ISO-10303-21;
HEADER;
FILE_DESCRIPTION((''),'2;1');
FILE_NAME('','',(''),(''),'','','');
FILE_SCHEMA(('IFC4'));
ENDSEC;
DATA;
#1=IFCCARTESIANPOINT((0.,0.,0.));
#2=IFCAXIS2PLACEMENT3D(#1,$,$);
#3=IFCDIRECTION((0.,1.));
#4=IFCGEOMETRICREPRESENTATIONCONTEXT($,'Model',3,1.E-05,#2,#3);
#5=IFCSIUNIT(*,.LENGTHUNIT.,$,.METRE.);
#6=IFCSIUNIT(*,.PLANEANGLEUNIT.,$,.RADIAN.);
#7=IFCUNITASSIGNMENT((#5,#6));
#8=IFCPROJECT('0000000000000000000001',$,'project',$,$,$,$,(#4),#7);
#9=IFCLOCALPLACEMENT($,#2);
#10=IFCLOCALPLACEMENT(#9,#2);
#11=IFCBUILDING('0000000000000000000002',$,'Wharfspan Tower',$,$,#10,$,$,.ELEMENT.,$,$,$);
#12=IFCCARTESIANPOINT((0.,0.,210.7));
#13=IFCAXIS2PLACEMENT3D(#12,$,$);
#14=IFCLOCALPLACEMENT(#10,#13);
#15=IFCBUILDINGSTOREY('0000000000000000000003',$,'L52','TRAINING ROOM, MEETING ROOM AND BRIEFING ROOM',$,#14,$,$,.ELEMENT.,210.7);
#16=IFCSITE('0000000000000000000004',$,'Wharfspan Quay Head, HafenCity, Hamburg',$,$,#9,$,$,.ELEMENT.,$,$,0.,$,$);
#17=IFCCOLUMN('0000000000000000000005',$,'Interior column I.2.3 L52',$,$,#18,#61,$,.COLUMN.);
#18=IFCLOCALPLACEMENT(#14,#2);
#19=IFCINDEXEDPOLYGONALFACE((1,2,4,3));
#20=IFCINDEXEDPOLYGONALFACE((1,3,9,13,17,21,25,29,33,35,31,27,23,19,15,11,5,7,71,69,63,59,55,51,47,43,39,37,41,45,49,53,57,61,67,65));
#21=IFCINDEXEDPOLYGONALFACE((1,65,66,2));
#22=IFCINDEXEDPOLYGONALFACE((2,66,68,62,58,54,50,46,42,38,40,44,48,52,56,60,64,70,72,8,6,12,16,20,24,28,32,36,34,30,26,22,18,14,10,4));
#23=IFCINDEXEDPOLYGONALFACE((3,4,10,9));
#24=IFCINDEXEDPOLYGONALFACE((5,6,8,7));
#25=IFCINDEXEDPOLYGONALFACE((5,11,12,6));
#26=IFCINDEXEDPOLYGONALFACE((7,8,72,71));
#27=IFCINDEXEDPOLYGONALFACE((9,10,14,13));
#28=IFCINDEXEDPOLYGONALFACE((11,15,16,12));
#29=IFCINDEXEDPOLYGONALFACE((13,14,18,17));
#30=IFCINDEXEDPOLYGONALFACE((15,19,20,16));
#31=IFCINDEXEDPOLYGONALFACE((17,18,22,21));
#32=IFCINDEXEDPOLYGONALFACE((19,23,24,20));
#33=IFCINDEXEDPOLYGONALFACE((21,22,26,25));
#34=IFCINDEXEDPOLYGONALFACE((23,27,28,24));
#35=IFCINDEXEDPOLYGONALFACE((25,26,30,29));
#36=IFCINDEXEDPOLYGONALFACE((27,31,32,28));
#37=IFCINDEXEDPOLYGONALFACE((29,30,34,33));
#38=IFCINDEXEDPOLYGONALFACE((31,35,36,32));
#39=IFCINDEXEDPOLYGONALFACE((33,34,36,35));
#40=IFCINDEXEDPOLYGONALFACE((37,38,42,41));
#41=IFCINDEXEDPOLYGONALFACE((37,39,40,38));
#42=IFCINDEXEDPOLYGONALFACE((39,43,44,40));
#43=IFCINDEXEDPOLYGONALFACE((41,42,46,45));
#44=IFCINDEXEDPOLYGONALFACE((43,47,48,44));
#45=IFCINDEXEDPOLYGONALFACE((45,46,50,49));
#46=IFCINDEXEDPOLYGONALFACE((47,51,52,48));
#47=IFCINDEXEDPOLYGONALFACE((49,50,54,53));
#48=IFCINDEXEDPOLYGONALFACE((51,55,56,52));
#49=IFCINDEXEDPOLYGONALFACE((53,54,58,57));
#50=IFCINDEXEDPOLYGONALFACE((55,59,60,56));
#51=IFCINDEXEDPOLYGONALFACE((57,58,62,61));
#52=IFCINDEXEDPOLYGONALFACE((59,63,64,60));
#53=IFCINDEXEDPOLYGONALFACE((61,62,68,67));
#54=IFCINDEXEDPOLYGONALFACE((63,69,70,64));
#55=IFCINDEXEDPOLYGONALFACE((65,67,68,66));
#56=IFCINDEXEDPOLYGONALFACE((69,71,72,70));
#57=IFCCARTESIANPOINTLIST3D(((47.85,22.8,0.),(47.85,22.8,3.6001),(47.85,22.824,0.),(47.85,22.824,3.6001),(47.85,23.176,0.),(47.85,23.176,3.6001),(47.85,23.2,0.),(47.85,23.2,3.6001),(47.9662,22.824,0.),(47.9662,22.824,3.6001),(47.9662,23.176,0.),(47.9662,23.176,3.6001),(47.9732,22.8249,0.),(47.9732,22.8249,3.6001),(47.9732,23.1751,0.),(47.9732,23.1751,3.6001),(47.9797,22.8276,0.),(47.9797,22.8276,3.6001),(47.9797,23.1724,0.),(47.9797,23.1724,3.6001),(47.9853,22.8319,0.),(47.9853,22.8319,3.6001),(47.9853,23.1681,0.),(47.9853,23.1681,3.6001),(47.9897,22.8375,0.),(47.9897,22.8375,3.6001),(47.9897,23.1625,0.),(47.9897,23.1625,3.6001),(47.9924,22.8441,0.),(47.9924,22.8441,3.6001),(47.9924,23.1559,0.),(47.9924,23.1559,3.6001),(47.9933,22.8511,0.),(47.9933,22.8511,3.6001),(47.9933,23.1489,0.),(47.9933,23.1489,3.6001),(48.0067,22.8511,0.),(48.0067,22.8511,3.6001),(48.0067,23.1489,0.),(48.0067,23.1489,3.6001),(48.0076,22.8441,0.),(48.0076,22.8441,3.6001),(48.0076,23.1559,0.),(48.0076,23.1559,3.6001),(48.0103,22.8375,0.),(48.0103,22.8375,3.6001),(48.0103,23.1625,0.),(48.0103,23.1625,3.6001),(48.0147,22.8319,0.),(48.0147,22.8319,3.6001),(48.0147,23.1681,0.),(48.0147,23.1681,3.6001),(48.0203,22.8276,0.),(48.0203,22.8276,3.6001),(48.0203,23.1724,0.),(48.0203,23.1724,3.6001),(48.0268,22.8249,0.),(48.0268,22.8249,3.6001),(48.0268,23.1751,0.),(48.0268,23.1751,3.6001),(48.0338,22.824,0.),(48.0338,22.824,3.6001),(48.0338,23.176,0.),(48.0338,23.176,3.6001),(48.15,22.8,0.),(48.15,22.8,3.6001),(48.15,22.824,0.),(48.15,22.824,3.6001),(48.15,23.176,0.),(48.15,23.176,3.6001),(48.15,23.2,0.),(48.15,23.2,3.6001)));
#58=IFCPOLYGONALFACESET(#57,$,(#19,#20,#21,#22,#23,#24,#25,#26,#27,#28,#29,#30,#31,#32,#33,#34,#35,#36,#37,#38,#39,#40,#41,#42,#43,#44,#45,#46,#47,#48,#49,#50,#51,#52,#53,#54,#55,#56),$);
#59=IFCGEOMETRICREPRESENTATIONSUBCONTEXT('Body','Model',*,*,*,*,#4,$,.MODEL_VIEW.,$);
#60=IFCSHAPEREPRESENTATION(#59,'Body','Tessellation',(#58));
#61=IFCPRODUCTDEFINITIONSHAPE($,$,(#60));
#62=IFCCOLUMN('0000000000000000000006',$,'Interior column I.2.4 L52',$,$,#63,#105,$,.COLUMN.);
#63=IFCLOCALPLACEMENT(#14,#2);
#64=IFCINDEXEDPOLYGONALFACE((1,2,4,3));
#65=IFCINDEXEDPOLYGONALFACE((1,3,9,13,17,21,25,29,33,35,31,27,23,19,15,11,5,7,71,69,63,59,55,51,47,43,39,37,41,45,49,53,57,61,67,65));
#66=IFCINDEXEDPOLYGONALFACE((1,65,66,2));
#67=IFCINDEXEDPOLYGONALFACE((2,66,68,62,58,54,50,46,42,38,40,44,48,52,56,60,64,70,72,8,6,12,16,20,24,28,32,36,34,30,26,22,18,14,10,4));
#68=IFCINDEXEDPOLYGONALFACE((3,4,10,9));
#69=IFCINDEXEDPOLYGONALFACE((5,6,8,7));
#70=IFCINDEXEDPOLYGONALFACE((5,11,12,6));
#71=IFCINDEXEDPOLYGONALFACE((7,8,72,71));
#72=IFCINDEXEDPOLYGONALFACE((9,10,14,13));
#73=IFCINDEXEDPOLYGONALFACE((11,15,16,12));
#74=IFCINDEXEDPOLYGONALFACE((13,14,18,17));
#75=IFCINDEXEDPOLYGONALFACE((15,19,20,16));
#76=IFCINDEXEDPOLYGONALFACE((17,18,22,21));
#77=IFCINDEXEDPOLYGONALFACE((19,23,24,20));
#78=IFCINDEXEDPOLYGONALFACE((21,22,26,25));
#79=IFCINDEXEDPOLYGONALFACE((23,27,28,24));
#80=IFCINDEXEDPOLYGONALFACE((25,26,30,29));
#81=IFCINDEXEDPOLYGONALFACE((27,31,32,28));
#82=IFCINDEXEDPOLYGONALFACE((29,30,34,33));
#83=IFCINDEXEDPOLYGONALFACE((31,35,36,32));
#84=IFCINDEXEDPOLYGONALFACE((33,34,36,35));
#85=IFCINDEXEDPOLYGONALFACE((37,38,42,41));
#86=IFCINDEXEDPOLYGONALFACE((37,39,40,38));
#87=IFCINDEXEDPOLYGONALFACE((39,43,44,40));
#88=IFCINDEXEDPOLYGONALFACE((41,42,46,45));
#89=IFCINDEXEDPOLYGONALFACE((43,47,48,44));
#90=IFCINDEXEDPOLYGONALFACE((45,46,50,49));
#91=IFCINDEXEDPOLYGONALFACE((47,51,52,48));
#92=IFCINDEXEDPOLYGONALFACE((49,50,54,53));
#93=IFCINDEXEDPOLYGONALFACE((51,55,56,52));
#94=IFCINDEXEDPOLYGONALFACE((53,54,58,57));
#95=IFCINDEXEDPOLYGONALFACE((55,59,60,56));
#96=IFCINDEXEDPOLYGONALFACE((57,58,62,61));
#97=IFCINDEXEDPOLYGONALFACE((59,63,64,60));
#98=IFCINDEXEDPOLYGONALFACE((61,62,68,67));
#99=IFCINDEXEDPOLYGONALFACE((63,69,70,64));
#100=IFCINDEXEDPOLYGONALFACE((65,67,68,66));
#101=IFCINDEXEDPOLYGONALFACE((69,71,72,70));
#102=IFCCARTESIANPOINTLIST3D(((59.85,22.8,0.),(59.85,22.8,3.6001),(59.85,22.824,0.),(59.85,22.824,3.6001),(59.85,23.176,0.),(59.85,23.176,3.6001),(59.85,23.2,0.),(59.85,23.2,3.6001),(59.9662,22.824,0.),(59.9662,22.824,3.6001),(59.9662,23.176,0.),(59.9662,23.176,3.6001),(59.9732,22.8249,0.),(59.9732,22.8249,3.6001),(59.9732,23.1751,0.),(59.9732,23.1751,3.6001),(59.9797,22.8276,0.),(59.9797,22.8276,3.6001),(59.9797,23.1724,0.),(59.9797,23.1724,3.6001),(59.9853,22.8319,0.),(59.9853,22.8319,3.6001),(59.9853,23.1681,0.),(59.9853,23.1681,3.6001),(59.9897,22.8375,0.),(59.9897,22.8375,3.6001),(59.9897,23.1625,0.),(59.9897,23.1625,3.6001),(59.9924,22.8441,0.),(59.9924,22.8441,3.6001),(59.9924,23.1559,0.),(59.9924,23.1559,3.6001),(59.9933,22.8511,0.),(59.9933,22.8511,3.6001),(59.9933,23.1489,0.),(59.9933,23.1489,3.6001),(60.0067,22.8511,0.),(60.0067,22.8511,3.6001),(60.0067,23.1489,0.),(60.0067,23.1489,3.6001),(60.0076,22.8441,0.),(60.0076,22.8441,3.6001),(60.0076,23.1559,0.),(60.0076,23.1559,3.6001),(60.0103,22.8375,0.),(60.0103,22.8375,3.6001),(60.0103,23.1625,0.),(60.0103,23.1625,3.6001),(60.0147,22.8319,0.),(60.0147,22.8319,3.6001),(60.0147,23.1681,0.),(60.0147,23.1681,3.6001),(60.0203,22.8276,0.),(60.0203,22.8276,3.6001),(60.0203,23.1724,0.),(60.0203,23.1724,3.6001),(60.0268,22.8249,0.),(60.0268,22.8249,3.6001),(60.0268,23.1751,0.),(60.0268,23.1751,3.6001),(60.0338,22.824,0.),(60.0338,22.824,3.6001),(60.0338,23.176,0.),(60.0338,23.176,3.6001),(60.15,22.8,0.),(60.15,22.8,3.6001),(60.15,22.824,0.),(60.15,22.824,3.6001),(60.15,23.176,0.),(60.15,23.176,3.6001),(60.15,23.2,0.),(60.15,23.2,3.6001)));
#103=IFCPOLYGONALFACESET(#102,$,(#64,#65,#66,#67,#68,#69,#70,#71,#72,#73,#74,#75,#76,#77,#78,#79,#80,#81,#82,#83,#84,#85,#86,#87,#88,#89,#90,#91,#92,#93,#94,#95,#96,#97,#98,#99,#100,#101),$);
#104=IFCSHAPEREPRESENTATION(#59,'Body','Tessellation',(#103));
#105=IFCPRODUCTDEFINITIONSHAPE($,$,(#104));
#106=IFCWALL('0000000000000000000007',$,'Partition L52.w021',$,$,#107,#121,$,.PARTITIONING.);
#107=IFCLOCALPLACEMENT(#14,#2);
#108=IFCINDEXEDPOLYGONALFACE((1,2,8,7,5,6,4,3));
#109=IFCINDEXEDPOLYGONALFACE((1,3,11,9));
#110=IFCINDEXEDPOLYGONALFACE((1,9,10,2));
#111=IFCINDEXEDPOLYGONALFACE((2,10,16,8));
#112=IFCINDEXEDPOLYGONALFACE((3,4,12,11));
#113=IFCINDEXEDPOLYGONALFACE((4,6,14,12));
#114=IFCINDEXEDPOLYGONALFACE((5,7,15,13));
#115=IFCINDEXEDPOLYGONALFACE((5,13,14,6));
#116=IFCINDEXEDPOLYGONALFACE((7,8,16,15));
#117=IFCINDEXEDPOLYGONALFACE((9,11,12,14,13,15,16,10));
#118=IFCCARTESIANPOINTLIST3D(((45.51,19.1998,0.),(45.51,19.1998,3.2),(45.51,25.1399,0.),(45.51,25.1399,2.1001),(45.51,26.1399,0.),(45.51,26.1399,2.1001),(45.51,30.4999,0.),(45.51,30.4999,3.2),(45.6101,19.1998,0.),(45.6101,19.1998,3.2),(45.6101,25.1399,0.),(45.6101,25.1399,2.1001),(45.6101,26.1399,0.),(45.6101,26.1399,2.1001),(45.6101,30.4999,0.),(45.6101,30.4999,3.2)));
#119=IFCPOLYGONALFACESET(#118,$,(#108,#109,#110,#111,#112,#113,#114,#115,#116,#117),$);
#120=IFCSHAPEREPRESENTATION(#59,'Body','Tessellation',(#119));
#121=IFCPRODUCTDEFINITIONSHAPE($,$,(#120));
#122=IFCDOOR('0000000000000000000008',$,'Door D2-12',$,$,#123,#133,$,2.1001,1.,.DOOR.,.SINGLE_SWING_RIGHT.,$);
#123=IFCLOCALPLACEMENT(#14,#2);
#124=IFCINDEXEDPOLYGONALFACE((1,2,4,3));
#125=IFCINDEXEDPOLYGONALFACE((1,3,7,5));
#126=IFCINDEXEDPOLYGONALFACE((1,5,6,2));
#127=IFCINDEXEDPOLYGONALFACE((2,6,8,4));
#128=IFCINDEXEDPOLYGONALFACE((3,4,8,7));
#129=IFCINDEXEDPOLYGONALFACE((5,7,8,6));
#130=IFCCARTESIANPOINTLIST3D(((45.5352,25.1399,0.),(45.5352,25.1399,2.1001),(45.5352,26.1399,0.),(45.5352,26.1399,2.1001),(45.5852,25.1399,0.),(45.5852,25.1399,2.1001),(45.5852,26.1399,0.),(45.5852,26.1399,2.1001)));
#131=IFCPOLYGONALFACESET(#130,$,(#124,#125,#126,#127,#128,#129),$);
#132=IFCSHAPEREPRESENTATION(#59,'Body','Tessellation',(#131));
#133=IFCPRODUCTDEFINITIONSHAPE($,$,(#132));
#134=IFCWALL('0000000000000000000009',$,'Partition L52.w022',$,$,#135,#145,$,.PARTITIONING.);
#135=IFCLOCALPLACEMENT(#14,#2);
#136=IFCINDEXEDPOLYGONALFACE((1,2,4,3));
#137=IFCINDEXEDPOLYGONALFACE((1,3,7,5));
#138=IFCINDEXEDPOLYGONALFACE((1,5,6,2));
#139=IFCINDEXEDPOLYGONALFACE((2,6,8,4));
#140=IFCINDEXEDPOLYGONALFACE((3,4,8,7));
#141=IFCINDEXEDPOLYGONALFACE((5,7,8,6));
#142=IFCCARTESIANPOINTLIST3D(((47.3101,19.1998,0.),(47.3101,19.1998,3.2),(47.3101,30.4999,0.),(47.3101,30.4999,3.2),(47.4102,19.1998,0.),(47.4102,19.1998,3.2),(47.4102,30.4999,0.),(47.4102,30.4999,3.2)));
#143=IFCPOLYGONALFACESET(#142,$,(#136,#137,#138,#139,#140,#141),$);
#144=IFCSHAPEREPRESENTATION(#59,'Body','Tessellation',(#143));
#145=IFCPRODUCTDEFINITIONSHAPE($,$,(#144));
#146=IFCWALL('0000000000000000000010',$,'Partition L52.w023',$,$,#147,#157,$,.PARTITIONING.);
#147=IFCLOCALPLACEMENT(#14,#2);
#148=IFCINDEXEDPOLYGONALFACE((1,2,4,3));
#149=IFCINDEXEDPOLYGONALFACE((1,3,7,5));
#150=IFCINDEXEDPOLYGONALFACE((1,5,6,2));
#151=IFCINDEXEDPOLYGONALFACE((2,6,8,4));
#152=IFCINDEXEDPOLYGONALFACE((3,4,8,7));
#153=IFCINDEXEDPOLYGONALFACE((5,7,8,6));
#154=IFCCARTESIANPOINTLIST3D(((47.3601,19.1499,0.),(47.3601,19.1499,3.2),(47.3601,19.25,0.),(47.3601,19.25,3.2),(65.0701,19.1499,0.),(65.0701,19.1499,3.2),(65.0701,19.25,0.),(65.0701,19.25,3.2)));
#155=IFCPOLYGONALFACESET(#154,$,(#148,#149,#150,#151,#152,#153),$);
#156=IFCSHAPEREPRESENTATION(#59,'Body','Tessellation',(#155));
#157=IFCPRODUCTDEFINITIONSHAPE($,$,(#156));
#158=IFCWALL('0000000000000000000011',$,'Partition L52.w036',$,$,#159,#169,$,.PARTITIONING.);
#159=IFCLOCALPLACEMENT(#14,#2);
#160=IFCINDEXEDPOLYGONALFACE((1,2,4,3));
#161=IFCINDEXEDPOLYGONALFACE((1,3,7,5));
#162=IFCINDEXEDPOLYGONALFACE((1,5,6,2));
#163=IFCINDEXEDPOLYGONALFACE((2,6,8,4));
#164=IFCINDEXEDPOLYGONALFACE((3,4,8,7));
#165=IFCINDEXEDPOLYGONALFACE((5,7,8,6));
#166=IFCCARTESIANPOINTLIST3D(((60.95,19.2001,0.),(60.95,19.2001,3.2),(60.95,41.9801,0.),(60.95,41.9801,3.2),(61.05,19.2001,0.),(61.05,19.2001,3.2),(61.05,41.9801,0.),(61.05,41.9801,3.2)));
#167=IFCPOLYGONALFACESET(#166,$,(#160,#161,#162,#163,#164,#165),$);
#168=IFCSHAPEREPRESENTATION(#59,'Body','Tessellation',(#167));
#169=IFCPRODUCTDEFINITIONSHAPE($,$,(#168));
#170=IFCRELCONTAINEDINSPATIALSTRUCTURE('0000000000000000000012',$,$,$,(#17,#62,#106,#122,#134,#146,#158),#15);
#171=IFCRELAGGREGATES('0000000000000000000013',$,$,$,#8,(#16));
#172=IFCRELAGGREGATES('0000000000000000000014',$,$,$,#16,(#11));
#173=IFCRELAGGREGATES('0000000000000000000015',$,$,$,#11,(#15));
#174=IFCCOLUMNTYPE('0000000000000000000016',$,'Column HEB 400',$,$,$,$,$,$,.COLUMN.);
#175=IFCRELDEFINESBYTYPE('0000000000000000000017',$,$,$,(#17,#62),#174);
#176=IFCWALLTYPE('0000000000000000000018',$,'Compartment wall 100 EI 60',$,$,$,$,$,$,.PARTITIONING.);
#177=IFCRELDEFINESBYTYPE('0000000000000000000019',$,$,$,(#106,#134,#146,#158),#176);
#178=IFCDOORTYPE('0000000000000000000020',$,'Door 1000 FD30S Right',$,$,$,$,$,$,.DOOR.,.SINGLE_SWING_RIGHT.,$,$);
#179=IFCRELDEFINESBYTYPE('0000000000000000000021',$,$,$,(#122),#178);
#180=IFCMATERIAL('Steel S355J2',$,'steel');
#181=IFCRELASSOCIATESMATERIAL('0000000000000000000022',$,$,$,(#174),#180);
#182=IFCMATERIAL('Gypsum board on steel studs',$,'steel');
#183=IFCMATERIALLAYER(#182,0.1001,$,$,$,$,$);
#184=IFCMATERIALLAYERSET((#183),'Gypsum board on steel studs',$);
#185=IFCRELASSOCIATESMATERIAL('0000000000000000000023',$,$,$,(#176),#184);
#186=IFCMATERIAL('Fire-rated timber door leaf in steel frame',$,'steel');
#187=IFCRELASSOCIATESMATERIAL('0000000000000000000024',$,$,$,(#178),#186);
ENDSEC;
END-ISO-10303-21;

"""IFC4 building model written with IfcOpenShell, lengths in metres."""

from ifc_helpers import new_model, si_unit, direction, frame, frame_2d, origin, origin_2d, place, context, subcontext, project, spatial, rectangle, i_section, extrude, material, layer, layer_set, material_profile, profile_set, type_object, element, fill, save


model = new_model("IFC4")

# Units and contexts
model_context = context("Model", 3, precision=1e-05, world=origin(), true_north=direction((0.0, 1.0)))
body_context = subcontext(model_context, "Body", "Model", "MODEL_VIEW")
ifc_project = project(units=[si_unit("LENGTHUNIT", "METRE"), si_unit("PLANEANGLEUNIT", "RADIAN")], contexts=[model_context])

# Site, building, storey
site_placement = place(None, origin())
site = spatial("IfcSite", under=ifc_project, at=site_placement, Name="Wharfspan Quay Head, HafenCity, Hamburg", CompositionType="ELEMENT", RefElevation=0.0)
building_placement = place(site_placement, origin())
building = spatial("IfcBuilding", under=site, at=building_placement, Name="Wharfspan Tower", CompositionType="ELEMENT")
storey_placement = place(building_placement, frame((0.0, 0.0, 210.7)))
storey = spatial("IfcBuildingStorey", under=building, at=storey_placement, Name="L52", Description="TRAINING ROOM, MEETING ROOM AND BRIEFING ROOM", CompositionType="ELEMENT", Elevation=210.7)

# Columns
ifc_material_1 = material(Name="Steel S355J2", Category="steel")
ifc_material_profile = material_profile(ifc_material_1, i_section(OverallWidth=0.3, OverallDepth=0.3999, WebThickness=0.0134, FlangeThickness=0.0239, FilletRadius=0.0271, at=origin_2d()))
ifc_profile_set = profile_set([ifc_material_profile], Name="Steel S355J2")
column_type = type_object("IfcColumnType", Name="Column HEB 400", PredefinedType="COLUMN", material=ifc_profile_set)
for number, where, z_axis, x_axis, name in (
    (1, (48.0, 23.0, 0.0), (0.0, 0.0, 1.0), (1.0, 0.0, 0.0), "Interior column I.2.3 L52"),
    (2, (60.0, 23.0, 0.0), (0.0, 0.0, 1.0), (1.0, 0.0, 0.0), "Interior column I.2.4 L52"),
):
    element("IfcColumn", number, at=place(storey_placement, frame(where, z_axis=z_axis, x_axis=x_axis)), inside=storey, type_object=column_type, Name=name, PredefinedType="COLUMN", context=body_context, shape_type="SweptSolid", body=[
        extrude(i_section(OverallWidth=0.3, OverallDepth=0.3999, WebThickness=0.0134, FlangeThickness=0.0239, FilletRadius=0.0271, at=origin_2d()), origin(), (0.0, 0.0, 1.0), 3.6001),
    ])

# Wall, opening, door
ifc_material_2 = material(Name="Gypsum board on steel studs", Category="steel")
ifc_layer_1 = layer(ifc_material_2, 0.1001)
ifc_layer_set_1 = layer_set([ifc_layer_1], Name="Gypsum board on steel studs")
wall_type_1 = type_object("IfcWallType", Name="Compartment wall 100 EI 60", PredefinedType="PARTITIONING", material=ifc_layer_set_1)
wall_1_placement = place(storey_placement, frame((45.5601, 19.2, 0.0), z_axis=(0.0, 0.0, 1.0), x_axis=(0.0, 1.0, 0.0)))
wall_1 = element("IfcWall", 3, at=wall_1_placement, inside=storey, type_object=wall_type_1, Name="Partition L52.w021", PredefinedType="PARTITIONING", context=body_context, shape_type="SweptSolid", body=[
    extrude(rectangle(XDim=11.3, YDim=0.1001, at=frame_2d((5.6499, 0.0))), origin(), (0.0, 0.0, 1.0), 3.2),
])
opening_1_placement = place(wall_1_placement, frame((5.9399, 0.0, 0.0)))
opening_1 = element("IfcOpeningElement", 4, at=opening_1_placement, cuts=wall_1, PredefinedType="OPENING", context=body_context, shape_type="SweptSolid", body=[
    extrude(rectangle(XDim=1.0, YDim=2.1001, at=frame_2d((0.5, 1.05))), frame((0.0, 0.0601, 0.0), z_axis=(0.0, -1.0, 0.0), x_axis=(1.0, 0.0, 0.0)), (0.0, 0.0, 1.0), 0.1201),
])
ifc_material_3 = material(Name="Fire-rated timber door leaf in steel frame", Category="steel")
door_type_1 = type_object("IfcDoorType", Name="Door 1000 FD30S Right", OperationType="SINGLE_SWING_RIGHT", PredefinedType="DOOR", material=ifc_material_3)
door_1_placement = place(opening_1_placement, origin())
door_1 = element("IfcDoor", 5, at=door_1_placement, inside=storey, type_object=door_type_1, Name="Door D2-12", OperationType="SINGLE_SWING_RIGHT", OverallHeight=2.1001, OverallWidth=1.0, PredefinedType="DOOR", context=body_context, shape_type="SweptSolid", body=[
    extrude(rectangle(XDim=1.0, YDim=2.1001, at=frame_2d((0.5, 1.05))), frame((0.0, 0.0249, 0.0), z_axis=(0.0, -1.0, 0.0), x_axis=(1.0, 0.0, 0.0)), (0.0, 0.0, 1.0), 0.05),
])
fill(opening_1, door_1)

# Walls
wall_2_placement = place(storey_placement, frame((47.3601, 19.2, 0.0), z_axis=(0.0, 0.0, 1.0), x_axis=(0.0, 1.0, 0.0)))
element("IfcWall", 6, at=wall_2_placement, inside=storey, type_object=wall_type_1, Name="Partition L52.w022", PredefinedType="PARTITIONING", context=body_context, shape_type="SweptSolid", body=[
    extrude(rectangle(XDim=11.3, YDim=0.1001, at=frame_2d((5.6499, 0.0))), origin(), (0.0, 0.0, 1.0), 3.2),
])
wall_3_placement = place(storey_placement, frame((47.3601, 19.2, 0.0), z_axis=(0.0, 0.0, 1.0), x_axis=(1.0, 0.0, 0.0)))
element("IfcWall", 7, at=wall_3_placement, inside=storey, type_object=wall_type_1, Name="Partition L52.w023", PredefinedType="PARTITIONING", context=body_context, shape_type="SweptSolid", body=[
    extrude(rectangle(XDim=17.71, YDim=0.1001, at=frame_2d((8.855, 0.0))), origin(), (0.0, 0.0, 1.0), 3.2),
])
wall_4_placement = place(storey_placement, frame((61.0, 19.2, 0.0), z_axis=(0.0, 0.0, 1.0), x_axis=(0.0, 1.0, 0.0)))
element("IfcWall", 8, at=wall_4_placement, inside=storey, type_object=wall_type_1, Name="Partition L52.w036", PredefinedType="PARTITIONING", context=body_context, shape_type="SweptSolid", body=[
    extrude(rectangle(XDim=22.78, YDim=0.1001, at=frame_2d((11.3901, 0.0))), origin(), (0.0, 0.0, 1.0), 3.2),
])

save(model, "model.ifc")
